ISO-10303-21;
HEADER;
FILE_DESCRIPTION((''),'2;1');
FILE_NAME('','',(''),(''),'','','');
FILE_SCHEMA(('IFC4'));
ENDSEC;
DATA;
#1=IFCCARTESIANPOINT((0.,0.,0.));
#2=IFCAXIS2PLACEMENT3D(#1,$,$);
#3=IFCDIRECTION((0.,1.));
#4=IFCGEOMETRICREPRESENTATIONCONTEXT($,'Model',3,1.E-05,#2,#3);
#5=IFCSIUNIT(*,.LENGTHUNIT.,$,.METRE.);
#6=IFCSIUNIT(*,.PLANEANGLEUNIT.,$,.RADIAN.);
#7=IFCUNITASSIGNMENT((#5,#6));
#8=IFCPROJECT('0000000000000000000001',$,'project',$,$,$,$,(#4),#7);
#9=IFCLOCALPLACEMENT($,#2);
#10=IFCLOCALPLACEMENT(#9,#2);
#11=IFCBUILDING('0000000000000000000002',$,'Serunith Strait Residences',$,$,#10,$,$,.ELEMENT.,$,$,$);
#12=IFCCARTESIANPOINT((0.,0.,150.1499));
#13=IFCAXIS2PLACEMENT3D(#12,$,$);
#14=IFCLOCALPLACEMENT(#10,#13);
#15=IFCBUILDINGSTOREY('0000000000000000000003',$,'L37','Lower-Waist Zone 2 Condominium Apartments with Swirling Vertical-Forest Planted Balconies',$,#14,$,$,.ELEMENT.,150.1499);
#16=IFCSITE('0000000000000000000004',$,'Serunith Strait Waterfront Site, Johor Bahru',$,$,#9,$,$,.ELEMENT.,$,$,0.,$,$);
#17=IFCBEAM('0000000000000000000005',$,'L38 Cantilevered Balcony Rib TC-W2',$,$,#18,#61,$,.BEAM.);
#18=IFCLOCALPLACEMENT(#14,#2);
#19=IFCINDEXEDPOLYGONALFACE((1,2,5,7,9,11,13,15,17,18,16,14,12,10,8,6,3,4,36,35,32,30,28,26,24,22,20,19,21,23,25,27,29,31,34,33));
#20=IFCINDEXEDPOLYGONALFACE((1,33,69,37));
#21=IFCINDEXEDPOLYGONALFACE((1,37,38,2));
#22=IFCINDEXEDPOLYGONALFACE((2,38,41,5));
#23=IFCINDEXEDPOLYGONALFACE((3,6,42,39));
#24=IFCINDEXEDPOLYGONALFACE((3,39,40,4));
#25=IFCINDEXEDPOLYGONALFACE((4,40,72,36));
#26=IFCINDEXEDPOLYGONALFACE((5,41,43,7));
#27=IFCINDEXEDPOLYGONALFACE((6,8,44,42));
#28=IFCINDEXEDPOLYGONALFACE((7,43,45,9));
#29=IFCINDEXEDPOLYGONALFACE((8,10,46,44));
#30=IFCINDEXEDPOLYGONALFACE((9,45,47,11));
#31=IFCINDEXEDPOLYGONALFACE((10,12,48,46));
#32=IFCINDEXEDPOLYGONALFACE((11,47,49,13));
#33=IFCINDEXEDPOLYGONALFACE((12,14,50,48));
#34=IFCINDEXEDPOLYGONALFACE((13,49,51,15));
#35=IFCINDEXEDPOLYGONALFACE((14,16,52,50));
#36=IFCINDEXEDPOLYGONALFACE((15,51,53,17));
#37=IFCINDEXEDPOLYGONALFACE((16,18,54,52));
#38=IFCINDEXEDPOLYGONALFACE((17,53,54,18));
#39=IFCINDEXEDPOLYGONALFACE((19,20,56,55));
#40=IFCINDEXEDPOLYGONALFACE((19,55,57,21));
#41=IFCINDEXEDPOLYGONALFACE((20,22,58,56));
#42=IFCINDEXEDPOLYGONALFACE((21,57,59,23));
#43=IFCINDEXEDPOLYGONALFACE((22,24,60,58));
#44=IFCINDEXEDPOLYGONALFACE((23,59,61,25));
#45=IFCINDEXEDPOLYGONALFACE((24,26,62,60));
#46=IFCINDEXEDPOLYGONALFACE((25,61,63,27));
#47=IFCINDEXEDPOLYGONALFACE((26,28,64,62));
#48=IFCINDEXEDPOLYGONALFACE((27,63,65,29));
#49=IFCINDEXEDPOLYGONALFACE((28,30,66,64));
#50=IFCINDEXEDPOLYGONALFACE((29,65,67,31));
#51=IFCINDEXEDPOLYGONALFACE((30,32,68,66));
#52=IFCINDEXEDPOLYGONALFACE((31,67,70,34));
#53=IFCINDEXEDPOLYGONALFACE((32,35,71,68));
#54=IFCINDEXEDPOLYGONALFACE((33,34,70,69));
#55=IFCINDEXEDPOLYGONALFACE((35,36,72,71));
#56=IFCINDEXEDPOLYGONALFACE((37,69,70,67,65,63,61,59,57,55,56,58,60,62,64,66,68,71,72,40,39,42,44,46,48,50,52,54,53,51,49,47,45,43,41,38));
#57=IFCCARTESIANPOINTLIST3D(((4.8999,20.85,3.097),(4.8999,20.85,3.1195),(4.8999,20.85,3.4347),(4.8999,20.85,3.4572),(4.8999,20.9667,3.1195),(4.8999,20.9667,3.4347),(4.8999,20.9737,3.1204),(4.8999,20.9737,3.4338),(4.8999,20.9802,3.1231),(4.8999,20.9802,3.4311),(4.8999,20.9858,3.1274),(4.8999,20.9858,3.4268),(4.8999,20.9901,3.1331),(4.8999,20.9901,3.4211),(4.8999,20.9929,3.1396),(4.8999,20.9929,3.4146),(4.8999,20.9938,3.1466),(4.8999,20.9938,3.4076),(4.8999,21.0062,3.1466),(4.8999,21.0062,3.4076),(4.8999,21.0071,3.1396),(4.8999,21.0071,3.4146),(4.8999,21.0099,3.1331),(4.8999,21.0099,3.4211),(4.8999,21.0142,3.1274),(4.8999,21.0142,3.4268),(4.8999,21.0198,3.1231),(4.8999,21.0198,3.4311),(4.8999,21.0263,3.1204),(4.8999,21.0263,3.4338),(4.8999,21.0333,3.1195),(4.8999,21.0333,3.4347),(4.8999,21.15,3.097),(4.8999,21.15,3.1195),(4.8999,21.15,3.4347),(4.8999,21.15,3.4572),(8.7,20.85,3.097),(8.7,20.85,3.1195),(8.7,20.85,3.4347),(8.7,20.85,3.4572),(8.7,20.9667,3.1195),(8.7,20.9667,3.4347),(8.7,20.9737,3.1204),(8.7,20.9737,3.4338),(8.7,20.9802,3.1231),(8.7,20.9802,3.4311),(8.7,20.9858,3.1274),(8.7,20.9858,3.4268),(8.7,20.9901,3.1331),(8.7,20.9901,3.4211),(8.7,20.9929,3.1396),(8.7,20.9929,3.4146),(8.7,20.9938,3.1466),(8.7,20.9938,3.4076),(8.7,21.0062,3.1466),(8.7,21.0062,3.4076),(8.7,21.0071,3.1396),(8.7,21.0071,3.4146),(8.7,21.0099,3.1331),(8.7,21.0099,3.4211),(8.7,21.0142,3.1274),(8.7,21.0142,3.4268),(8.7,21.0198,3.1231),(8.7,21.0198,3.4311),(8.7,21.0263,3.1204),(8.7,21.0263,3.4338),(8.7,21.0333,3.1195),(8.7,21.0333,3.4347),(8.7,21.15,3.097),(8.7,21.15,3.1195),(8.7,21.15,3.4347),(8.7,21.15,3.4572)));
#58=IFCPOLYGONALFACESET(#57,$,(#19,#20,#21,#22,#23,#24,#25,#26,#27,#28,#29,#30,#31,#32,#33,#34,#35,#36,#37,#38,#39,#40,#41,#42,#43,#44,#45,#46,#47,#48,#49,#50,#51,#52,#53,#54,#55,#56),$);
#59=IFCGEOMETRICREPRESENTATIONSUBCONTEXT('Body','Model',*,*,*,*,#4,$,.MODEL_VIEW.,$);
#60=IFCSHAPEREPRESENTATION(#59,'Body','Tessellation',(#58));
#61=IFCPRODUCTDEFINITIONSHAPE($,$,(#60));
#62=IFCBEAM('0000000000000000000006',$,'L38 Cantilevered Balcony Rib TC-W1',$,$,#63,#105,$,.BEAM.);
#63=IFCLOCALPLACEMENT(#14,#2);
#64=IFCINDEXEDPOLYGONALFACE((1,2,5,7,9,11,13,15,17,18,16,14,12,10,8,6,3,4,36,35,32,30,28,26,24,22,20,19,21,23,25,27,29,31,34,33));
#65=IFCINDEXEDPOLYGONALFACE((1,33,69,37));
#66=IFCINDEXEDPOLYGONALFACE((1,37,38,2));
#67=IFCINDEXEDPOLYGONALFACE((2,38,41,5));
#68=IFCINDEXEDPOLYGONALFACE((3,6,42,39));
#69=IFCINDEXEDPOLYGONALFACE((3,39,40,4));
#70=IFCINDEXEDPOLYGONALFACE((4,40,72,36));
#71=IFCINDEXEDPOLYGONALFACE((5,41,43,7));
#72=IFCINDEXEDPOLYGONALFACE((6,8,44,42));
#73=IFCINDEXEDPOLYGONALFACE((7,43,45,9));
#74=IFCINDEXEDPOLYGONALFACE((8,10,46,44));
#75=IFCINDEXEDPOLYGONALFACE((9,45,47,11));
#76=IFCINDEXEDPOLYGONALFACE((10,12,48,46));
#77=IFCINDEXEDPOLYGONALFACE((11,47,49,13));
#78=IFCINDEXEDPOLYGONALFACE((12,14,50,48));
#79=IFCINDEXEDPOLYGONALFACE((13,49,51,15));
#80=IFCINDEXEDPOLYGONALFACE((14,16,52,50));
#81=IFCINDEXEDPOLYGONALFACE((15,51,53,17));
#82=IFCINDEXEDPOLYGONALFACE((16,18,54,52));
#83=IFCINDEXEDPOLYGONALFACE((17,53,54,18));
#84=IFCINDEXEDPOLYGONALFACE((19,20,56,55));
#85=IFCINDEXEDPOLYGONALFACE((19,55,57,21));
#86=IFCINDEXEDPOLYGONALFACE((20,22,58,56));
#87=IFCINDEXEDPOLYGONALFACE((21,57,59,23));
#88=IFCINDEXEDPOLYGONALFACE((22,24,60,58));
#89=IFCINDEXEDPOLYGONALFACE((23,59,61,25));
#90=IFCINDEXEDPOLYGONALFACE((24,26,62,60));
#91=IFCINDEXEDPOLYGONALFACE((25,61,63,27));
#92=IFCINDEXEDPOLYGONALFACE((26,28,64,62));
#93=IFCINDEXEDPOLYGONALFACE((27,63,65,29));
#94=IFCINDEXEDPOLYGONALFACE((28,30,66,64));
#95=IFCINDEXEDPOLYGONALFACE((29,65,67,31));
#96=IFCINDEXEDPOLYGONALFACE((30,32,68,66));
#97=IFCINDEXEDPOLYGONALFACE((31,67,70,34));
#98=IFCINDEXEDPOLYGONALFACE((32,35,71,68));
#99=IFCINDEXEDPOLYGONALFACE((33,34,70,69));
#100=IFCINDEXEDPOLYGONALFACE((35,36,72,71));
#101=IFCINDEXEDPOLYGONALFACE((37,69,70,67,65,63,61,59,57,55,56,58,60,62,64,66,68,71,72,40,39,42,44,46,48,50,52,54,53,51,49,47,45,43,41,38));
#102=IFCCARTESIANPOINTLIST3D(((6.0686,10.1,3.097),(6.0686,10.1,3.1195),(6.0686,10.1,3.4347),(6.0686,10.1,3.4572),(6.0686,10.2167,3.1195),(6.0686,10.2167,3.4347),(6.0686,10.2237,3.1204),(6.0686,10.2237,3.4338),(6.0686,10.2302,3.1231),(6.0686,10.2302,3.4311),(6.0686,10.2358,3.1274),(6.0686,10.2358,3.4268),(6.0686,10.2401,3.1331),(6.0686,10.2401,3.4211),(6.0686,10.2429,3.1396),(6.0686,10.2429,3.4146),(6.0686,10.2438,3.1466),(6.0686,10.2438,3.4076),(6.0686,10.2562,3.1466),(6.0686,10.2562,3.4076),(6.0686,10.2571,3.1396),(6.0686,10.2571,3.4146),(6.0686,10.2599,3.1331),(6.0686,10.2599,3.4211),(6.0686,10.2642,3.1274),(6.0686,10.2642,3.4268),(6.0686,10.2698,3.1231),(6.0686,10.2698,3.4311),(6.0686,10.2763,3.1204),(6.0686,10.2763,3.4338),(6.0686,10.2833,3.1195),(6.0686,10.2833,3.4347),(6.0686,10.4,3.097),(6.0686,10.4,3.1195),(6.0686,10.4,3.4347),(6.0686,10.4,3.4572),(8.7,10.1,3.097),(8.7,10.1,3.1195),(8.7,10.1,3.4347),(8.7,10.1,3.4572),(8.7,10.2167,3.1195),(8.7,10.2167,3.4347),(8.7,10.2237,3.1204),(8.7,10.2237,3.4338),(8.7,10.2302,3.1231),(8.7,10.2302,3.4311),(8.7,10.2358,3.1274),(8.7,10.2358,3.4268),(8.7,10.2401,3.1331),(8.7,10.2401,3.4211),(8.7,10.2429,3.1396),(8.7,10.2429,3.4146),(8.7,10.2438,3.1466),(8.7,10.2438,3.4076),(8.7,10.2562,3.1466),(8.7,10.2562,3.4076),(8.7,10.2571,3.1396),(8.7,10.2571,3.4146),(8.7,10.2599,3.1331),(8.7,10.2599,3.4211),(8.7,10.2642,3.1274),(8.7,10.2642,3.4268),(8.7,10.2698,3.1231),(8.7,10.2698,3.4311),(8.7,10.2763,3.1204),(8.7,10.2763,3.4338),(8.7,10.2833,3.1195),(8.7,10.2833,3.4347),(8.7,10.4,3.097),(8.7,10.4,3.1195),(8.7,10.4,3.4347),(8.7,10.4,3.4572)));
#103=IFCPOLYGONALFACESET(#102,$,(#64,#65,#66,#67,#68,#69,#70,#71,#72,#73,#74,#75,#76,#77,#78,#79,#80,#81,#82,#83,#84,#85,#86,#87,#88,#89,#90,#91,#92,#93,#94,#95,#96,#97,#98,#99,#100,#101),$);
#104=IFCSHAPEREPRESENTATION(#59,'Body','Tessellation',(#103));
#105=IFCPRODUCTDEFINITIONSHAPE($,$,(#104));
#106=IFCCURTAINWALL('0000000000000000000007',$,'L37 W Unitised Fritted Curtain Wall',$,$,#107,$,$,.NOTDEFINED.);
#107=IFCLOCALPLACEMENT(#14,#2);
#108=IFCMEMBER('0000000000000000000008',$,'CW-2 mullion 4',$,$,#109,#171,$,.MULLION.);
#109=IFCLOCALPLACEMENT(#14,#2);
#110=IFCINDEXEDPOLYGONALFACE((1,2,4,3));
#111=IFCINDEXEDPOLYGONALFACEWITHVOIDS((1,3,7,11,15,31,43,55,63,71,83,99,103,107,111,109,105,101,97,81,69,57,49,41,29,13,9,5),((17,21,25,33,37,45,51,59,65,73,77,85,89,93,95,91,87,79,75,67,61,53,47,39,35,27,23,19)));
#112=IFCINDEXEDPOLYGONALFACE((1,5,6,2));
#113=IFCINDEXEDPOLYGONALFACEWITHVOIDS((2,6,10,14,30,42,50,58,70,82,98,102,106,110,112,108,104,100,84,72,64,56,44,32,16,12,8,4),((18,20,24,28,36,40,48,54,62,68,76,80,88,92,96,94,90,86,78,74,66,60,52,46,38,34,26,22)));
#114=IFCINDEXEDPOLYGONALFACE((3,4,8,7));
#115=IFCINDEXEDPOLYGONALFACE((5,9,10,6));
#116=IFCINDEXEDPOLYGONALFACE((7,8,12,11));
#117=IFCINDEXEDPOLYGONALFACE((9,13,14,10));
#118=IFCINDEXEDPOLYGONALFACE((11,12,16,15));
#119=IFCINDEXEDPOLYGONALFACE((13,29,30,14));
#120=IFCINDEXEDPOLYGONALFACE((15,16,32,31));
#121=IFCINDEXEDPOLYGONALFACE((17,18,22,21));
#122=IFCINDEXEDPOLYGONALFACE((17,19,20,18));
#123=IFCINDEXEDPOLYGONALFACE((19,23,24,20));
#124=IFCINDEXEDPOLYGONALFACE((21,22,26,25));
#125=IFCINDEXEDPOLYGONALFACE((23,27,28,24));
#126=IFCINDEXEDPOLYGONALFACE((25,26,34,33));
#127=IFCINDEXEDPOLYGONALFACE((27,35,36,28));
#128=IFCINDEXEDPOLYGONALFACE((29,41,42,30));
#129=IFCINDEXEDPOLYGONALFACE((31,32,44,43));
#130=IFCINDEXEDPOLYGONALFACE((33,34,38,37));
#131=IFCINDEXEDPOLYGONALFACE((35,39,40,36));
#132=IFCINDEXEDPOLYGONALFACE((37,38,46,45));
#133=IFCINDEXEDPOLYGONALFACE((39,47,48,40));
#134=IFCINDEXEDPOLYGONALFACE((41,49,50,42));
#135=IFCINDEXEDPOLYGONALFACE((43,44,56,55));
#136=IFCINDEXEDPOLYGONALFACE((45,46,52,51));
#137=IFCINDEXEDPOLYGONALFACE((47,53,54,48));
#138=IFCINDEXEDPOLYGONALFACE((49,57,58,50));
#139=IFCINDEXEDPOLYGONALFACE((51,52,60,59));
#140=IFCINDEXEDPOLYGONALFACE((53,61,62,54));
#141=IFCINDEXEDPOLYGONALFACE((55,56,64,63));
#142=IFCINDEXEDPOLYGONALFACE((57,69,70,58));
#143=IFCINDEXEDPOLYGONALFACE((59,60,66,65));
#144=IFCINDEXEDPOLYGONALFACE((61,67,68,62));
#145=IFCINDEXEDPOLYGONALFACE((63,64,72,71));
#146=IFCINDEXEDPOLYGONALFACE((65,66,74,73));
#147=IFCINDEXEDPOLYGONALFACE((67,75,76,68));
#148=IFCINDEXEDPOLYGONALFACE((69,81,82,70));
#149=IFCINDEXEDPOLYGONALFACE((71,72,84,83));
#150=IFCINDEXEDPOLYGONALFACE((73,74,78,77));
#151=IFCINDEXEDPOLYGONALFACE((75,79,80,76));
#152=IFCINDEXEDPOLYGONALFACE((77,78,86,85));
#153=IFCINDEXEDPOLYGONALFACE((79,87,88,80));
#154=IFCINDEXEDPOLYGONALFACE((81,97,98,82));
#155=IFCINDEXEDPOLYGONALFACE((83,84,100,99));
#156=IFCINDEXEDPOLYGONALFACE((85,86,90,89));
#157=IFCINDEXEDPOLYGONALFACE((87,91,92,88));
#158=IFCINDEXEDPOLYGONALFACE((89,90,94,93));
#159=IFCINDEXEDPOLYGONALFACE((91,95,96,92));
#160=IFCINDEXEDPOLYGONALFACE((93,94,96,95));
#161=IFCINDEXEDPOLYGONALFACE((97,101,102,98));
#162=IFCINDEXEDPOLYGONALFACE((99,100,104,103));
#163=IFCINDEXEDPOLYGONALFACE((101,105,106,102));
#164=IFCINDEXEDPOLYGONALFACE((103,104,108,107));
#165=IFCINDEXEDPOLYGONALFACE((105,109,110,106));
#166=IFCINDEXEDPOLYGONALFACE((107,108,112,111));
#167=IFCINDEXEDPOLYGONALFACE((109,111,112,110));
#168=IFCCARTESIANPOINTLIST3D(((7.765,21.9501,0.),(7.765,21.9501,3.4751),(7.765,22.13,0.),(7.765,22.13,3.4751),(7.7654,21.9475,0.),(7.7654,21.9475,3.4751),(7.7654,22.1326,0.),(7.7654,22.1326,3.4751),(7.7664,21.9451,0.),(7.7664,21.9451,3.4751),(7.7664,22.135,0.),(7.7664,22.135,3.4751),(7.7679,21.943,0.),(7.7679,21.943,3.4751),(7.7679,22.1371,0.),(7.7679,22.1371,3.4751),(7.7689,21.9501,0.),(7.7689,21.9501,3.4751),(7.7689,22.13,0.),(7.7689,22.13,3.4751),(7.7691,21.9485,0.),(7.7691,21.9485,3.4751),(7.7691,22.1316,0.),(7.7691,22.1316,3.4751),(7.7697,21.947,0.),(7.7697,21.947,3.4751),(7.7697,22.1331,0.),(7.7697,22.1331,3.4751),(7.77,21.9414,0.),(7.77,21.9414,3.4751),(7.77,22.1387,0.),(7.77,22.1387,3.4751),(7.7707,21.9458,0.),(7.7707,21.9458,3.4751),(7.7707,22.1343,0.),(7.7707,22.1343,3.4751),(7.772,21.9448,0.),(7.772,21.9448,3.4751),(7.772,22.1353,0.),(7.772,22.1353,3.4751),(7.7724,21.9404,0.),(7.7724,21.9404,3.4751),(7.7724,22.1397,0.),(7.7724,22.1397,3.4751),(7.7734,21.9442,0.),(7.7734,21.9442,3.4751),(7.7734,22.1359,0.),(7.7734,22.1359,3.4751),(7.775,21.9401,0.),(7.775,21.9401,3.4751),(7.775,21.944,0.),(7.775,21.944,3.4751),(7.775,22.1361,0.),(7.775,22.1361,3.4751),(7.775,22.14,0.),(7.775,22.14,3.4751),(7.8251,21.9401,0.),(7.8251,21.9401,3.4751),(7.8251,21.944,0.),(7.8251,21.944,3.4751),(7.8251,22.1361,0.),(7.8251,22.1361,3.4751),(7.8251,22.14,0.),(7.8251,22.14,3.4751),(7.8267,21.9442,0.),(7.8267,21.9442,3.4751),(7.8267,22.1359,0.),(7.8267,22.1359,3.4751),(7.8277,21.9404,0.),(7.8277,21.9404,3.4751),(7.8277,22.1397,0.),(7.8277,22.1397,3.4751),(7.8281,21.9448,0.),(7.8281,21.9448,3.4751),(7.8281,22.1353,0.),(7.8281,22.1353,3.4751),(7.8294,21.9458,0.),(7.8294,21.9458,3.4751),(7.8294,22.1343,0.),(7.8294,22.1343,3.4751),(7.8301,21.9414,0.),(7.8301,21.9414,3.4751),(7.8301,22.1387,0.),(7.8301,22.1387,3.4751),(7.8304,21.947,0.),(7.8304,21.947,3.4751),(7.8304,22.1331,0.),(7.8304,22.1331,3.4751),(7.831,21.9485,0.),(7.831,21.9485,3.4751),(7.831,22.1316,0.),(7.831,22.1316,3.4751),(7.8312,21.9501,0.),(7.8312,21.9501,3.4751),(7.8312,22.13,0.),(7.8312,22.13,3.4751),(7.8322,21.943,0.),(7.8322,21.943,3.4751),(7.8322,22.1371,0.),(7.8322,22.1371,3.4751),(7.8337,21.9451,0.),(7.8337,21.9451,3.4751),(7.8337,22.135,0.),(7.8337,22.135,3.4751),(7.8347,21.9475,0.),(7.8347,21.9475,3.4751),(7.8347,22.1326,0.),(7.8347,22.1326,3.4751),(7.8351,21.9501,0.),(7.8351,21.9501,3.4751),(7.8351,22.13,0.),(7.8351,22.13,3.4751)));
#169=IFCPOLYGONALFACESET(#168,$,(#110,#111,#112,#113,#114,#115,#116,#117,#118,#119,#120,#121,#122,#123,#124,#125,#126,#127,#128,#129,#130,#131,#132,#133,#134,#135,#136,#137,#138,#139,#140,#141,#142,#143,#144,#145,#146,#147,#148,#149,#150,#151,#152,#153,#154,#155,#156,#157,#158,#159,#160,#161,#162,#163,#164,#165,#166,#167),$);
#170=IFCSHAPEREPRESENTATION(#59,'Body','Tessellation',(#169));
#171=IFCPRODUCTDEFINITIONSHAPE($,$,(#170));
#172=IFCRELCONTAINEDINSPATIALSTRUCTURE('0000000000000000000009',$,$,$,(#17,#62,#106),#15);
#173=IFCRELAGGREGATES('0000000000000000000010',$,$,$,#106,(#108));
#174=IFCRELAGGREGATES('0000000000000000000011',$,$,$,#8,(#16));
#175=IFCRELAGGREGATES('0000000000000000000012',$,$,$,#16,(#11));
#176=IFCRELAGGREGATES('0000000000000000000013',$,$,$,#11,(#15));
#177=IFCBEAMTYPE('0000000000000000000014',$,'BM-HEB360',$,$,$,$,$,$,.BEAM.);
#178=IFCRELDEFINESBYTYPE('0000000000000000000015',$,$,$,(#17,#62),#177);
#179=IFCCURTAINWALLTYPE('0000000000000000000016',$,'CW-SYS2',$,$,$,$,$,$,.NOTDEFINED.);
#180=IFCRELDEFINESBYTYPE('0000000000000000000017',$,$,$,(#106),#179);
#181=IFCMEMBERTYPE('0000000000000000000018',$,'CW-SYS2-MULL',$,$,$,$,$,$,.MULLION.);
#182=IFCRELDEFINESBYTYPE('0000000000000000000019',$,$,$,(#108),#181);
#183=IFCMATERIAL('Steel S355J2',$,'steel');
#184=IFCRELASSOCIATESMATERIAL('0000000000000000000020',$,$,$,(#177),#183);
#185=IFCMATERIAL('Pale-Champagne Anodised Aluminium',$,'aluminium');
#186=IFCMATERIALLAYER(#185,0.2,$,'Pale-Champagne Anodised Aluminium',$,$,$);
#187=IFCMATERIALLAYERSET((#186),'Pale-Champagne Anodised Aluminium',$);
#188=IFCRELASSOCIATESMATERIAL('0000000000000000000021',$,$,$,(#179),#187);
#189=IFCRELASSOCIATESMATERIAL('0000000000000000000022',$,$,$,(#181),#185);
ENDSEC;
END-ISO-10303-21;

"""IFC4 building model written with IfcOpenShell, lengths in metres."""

from ifc_helpers import new_model, si_unit, direction, frame, origin, origin_2d, place, context, subcontext, project, spatial, hollow_rectangle, i_section, extrude, source, transform, mapped, material, layer, layer_set, material_profile, profile_set, type_object, element, aggregate, save


model = new_model("IFC4")

# Units and contexts
model_context = context("Model", 3, precision=1e-05, world=origin(), true_north=direction((0.0, 1.0)))
body_context = subcontext(model_context, "Body", "Model", "MODEL_VIEW")
ifc_project = project(units=[si_unit("LENGTHUNIT", "METRE"), si_unit("PLANEANGLEUNIT", "RADIAN")], contexts=[model_context])

# Site, building, storey
site_placement = place(None, origin())
site = spatial("IfcSite", under=ifc_project, at=site_placement, Name="Serunith Strait Waterfront Site, Johor Bahru", CompositionType="ELEMENT", RefElevation=0.0)
building_placement = place(site_placement, origin())
building = spatial("IfcBuilding", under=site, at=building_placement, Name="Serunith Strait Residences", CompositionType="ELEMENT")
storey_placement = place(building_placement, frame((0.0, 0.0, 150.1499)))
storey = spatial("IfcBuildingStorey", under=building, at=storey_placement, Name="L37", Description="Lower-Waist Zone 2 Condominium Apartments with Swirling Vertical-Forest Planted Balconies", CompositionType="ELEMENT", Elevation=150.1499)

# Beams
ifc_material_1 = material(Name="Steel S355J2", Category="steel")
ifc_material_profile_1 = material_profile(ifc_material_1, i_section(OverallWidth=0.3, OverallDepth=0.3601, WebThickness=0.0125, FlangeThickness=0.0225, FilletRadius=0.0271, at=origin_2d()), Name="HEB 360")
ifc_profile_set_1 = profile_set([ifc_material_profile_1], Name="Steel S355J2")
beam_type_1 = type_object("IfcBeamType", Name="BM-HEB360", PredefinedType="BEAM", material=ifc_profile_set_1)
shared_shape_1 = source(origin(), body_context, "Body", "SweptSolid", [
    extrude(i_section(OverallWidth=0.3, OverallDepth=0.3601, WebThickness=0.0125, FlangeThickness=0.0225, FilletRadius=0.0271, at=origin_2d()), origin(), (0.0, 0.0, 1.0), 3.8),
])
beam_1_placement = place(storey_placement, frame((8.7, 21.0, 3.2771), z_axis=(-1.0, 0.0, 0.0), x_axis=(0.0, -1.0, 0.0)))
element("IfcBeam", 1, at=beam_1_placement, inside=storey, type_object=beam_type_1, Name="L38 Cantilevered Balcony Rib TC-W2", PredefinedType="BEAM", context=body_context, shape_type="MappedRepresentation", body=[
    mapped(shared_shape_1, transform((0.0, 0.0, 0.0), scale=1.0)),
])
shared_shape_2 = source(origin(), body_context, "Body", "SweptSolid", [
    extrude(i_section(OverallWidth=0.3, OverallDepth=0.3601, WebThickness=0.0125, FlangeThickness=0.0225, FilletRadius=0.0271, at=origin_2d()), origin(), (0.0, 0.0, 1.0), 2.6313),
])
beam_2_placement = place(storey_placement, frame((8.7, 10.25, 3.2771), z_axis=(-1.0, 0.0, 0.0), x_axis=(0.0, -1.0, 0.0)))
element("IfcBeam", 2, at=beam_2_placement, inside=storey, type_object=beam_type_1, Name="L38 Cantilevered Balcony Rib TC-W1", PredefinedType="BEAM", context=body_context, shape_type="MappedRepresentation", body=[
    mapped(shared_shape_2, transform((0.0, 0.0, 0.0), scale=1.0)),
])

# Curtain wall, member
ifc_material_2 = material(Name="Pale-Champagne Anodised Aluminium", Category="aluminium")
ifc_layer_1 = layer(ifc_material_2, 0.2, Name="Pale-Champagne Anodised Aluminium")
ifc_layer_set_1 = layer_set([ifc_layer_1], Name="Pale-Champagne Anodised Aluminium")
curtain_wall_type = type_object("IfcCurtainWallType", Name="CW-SYS2", PredefinedType="NOTDEFINED", material=ifc_layer_set_1)
curtain_wall_placement = place(storey_placement, origin())
curtain_wall = element("IfcCurtainWall", 3, at=curtain_wall_placement, inside=storey, type_object=curtain_wall_type, Name="L37 W Unitised Fritted Curtain Wall", PredefinedType="NOTDEFINED")
ifc_material_profile_2 = material_profile(ifc_material_2, hollow_rectangle(XDim=0.0701, YDim=0.2, WallThickness=0.0039, InnerFilletRadius=0.0061, OuterFilletRadius=0.01, at=origin_2d()), Name="ALU 200x70x4")
ifc_profile_set_2 = profile_set([ifc_material_profile_2], Name="Pale-Champagne Anodised Aluminium")
member_type_1 = type_object("IfcMemberType", Name="CW-SYS2-MULL", PredefinedType="MULLION", material=ifc_profile_set_2)
shared_shape_3 = source(origin(), body_context, "Body", "SweptSolid", [
    extrude(hollow_rectangle(XDim=0.0701, YDim=0.2, WallThickness=0.0039, InnerFilletRadius=0.0061, OuterFilletRadius=0.01, at=origin_2d()), origin(), (0.0, 0.0, 1.0), 3.4751),
])
member_1_placement = place(storey_placement, frame((7.8, 22.04, 0.0), z_axis=(0.0, 0.0, 1.0), x_axis=(1.0, 0.0, 0.0)))
member_1 = element("IfcMember", 4, at=member_1_placement, type_object=member_type_1, Name="CW-2 mullion 4", PredefinedType="MULLION", context=body_context, shape_type="MappedRepresentation", body=[
    mapped(shared_shape_3, transform((0.0, 0.0, 0.0), scale=1.0)),
])
aggregate(curtain_wall, [member_1])

save(model, "model.ifc")
